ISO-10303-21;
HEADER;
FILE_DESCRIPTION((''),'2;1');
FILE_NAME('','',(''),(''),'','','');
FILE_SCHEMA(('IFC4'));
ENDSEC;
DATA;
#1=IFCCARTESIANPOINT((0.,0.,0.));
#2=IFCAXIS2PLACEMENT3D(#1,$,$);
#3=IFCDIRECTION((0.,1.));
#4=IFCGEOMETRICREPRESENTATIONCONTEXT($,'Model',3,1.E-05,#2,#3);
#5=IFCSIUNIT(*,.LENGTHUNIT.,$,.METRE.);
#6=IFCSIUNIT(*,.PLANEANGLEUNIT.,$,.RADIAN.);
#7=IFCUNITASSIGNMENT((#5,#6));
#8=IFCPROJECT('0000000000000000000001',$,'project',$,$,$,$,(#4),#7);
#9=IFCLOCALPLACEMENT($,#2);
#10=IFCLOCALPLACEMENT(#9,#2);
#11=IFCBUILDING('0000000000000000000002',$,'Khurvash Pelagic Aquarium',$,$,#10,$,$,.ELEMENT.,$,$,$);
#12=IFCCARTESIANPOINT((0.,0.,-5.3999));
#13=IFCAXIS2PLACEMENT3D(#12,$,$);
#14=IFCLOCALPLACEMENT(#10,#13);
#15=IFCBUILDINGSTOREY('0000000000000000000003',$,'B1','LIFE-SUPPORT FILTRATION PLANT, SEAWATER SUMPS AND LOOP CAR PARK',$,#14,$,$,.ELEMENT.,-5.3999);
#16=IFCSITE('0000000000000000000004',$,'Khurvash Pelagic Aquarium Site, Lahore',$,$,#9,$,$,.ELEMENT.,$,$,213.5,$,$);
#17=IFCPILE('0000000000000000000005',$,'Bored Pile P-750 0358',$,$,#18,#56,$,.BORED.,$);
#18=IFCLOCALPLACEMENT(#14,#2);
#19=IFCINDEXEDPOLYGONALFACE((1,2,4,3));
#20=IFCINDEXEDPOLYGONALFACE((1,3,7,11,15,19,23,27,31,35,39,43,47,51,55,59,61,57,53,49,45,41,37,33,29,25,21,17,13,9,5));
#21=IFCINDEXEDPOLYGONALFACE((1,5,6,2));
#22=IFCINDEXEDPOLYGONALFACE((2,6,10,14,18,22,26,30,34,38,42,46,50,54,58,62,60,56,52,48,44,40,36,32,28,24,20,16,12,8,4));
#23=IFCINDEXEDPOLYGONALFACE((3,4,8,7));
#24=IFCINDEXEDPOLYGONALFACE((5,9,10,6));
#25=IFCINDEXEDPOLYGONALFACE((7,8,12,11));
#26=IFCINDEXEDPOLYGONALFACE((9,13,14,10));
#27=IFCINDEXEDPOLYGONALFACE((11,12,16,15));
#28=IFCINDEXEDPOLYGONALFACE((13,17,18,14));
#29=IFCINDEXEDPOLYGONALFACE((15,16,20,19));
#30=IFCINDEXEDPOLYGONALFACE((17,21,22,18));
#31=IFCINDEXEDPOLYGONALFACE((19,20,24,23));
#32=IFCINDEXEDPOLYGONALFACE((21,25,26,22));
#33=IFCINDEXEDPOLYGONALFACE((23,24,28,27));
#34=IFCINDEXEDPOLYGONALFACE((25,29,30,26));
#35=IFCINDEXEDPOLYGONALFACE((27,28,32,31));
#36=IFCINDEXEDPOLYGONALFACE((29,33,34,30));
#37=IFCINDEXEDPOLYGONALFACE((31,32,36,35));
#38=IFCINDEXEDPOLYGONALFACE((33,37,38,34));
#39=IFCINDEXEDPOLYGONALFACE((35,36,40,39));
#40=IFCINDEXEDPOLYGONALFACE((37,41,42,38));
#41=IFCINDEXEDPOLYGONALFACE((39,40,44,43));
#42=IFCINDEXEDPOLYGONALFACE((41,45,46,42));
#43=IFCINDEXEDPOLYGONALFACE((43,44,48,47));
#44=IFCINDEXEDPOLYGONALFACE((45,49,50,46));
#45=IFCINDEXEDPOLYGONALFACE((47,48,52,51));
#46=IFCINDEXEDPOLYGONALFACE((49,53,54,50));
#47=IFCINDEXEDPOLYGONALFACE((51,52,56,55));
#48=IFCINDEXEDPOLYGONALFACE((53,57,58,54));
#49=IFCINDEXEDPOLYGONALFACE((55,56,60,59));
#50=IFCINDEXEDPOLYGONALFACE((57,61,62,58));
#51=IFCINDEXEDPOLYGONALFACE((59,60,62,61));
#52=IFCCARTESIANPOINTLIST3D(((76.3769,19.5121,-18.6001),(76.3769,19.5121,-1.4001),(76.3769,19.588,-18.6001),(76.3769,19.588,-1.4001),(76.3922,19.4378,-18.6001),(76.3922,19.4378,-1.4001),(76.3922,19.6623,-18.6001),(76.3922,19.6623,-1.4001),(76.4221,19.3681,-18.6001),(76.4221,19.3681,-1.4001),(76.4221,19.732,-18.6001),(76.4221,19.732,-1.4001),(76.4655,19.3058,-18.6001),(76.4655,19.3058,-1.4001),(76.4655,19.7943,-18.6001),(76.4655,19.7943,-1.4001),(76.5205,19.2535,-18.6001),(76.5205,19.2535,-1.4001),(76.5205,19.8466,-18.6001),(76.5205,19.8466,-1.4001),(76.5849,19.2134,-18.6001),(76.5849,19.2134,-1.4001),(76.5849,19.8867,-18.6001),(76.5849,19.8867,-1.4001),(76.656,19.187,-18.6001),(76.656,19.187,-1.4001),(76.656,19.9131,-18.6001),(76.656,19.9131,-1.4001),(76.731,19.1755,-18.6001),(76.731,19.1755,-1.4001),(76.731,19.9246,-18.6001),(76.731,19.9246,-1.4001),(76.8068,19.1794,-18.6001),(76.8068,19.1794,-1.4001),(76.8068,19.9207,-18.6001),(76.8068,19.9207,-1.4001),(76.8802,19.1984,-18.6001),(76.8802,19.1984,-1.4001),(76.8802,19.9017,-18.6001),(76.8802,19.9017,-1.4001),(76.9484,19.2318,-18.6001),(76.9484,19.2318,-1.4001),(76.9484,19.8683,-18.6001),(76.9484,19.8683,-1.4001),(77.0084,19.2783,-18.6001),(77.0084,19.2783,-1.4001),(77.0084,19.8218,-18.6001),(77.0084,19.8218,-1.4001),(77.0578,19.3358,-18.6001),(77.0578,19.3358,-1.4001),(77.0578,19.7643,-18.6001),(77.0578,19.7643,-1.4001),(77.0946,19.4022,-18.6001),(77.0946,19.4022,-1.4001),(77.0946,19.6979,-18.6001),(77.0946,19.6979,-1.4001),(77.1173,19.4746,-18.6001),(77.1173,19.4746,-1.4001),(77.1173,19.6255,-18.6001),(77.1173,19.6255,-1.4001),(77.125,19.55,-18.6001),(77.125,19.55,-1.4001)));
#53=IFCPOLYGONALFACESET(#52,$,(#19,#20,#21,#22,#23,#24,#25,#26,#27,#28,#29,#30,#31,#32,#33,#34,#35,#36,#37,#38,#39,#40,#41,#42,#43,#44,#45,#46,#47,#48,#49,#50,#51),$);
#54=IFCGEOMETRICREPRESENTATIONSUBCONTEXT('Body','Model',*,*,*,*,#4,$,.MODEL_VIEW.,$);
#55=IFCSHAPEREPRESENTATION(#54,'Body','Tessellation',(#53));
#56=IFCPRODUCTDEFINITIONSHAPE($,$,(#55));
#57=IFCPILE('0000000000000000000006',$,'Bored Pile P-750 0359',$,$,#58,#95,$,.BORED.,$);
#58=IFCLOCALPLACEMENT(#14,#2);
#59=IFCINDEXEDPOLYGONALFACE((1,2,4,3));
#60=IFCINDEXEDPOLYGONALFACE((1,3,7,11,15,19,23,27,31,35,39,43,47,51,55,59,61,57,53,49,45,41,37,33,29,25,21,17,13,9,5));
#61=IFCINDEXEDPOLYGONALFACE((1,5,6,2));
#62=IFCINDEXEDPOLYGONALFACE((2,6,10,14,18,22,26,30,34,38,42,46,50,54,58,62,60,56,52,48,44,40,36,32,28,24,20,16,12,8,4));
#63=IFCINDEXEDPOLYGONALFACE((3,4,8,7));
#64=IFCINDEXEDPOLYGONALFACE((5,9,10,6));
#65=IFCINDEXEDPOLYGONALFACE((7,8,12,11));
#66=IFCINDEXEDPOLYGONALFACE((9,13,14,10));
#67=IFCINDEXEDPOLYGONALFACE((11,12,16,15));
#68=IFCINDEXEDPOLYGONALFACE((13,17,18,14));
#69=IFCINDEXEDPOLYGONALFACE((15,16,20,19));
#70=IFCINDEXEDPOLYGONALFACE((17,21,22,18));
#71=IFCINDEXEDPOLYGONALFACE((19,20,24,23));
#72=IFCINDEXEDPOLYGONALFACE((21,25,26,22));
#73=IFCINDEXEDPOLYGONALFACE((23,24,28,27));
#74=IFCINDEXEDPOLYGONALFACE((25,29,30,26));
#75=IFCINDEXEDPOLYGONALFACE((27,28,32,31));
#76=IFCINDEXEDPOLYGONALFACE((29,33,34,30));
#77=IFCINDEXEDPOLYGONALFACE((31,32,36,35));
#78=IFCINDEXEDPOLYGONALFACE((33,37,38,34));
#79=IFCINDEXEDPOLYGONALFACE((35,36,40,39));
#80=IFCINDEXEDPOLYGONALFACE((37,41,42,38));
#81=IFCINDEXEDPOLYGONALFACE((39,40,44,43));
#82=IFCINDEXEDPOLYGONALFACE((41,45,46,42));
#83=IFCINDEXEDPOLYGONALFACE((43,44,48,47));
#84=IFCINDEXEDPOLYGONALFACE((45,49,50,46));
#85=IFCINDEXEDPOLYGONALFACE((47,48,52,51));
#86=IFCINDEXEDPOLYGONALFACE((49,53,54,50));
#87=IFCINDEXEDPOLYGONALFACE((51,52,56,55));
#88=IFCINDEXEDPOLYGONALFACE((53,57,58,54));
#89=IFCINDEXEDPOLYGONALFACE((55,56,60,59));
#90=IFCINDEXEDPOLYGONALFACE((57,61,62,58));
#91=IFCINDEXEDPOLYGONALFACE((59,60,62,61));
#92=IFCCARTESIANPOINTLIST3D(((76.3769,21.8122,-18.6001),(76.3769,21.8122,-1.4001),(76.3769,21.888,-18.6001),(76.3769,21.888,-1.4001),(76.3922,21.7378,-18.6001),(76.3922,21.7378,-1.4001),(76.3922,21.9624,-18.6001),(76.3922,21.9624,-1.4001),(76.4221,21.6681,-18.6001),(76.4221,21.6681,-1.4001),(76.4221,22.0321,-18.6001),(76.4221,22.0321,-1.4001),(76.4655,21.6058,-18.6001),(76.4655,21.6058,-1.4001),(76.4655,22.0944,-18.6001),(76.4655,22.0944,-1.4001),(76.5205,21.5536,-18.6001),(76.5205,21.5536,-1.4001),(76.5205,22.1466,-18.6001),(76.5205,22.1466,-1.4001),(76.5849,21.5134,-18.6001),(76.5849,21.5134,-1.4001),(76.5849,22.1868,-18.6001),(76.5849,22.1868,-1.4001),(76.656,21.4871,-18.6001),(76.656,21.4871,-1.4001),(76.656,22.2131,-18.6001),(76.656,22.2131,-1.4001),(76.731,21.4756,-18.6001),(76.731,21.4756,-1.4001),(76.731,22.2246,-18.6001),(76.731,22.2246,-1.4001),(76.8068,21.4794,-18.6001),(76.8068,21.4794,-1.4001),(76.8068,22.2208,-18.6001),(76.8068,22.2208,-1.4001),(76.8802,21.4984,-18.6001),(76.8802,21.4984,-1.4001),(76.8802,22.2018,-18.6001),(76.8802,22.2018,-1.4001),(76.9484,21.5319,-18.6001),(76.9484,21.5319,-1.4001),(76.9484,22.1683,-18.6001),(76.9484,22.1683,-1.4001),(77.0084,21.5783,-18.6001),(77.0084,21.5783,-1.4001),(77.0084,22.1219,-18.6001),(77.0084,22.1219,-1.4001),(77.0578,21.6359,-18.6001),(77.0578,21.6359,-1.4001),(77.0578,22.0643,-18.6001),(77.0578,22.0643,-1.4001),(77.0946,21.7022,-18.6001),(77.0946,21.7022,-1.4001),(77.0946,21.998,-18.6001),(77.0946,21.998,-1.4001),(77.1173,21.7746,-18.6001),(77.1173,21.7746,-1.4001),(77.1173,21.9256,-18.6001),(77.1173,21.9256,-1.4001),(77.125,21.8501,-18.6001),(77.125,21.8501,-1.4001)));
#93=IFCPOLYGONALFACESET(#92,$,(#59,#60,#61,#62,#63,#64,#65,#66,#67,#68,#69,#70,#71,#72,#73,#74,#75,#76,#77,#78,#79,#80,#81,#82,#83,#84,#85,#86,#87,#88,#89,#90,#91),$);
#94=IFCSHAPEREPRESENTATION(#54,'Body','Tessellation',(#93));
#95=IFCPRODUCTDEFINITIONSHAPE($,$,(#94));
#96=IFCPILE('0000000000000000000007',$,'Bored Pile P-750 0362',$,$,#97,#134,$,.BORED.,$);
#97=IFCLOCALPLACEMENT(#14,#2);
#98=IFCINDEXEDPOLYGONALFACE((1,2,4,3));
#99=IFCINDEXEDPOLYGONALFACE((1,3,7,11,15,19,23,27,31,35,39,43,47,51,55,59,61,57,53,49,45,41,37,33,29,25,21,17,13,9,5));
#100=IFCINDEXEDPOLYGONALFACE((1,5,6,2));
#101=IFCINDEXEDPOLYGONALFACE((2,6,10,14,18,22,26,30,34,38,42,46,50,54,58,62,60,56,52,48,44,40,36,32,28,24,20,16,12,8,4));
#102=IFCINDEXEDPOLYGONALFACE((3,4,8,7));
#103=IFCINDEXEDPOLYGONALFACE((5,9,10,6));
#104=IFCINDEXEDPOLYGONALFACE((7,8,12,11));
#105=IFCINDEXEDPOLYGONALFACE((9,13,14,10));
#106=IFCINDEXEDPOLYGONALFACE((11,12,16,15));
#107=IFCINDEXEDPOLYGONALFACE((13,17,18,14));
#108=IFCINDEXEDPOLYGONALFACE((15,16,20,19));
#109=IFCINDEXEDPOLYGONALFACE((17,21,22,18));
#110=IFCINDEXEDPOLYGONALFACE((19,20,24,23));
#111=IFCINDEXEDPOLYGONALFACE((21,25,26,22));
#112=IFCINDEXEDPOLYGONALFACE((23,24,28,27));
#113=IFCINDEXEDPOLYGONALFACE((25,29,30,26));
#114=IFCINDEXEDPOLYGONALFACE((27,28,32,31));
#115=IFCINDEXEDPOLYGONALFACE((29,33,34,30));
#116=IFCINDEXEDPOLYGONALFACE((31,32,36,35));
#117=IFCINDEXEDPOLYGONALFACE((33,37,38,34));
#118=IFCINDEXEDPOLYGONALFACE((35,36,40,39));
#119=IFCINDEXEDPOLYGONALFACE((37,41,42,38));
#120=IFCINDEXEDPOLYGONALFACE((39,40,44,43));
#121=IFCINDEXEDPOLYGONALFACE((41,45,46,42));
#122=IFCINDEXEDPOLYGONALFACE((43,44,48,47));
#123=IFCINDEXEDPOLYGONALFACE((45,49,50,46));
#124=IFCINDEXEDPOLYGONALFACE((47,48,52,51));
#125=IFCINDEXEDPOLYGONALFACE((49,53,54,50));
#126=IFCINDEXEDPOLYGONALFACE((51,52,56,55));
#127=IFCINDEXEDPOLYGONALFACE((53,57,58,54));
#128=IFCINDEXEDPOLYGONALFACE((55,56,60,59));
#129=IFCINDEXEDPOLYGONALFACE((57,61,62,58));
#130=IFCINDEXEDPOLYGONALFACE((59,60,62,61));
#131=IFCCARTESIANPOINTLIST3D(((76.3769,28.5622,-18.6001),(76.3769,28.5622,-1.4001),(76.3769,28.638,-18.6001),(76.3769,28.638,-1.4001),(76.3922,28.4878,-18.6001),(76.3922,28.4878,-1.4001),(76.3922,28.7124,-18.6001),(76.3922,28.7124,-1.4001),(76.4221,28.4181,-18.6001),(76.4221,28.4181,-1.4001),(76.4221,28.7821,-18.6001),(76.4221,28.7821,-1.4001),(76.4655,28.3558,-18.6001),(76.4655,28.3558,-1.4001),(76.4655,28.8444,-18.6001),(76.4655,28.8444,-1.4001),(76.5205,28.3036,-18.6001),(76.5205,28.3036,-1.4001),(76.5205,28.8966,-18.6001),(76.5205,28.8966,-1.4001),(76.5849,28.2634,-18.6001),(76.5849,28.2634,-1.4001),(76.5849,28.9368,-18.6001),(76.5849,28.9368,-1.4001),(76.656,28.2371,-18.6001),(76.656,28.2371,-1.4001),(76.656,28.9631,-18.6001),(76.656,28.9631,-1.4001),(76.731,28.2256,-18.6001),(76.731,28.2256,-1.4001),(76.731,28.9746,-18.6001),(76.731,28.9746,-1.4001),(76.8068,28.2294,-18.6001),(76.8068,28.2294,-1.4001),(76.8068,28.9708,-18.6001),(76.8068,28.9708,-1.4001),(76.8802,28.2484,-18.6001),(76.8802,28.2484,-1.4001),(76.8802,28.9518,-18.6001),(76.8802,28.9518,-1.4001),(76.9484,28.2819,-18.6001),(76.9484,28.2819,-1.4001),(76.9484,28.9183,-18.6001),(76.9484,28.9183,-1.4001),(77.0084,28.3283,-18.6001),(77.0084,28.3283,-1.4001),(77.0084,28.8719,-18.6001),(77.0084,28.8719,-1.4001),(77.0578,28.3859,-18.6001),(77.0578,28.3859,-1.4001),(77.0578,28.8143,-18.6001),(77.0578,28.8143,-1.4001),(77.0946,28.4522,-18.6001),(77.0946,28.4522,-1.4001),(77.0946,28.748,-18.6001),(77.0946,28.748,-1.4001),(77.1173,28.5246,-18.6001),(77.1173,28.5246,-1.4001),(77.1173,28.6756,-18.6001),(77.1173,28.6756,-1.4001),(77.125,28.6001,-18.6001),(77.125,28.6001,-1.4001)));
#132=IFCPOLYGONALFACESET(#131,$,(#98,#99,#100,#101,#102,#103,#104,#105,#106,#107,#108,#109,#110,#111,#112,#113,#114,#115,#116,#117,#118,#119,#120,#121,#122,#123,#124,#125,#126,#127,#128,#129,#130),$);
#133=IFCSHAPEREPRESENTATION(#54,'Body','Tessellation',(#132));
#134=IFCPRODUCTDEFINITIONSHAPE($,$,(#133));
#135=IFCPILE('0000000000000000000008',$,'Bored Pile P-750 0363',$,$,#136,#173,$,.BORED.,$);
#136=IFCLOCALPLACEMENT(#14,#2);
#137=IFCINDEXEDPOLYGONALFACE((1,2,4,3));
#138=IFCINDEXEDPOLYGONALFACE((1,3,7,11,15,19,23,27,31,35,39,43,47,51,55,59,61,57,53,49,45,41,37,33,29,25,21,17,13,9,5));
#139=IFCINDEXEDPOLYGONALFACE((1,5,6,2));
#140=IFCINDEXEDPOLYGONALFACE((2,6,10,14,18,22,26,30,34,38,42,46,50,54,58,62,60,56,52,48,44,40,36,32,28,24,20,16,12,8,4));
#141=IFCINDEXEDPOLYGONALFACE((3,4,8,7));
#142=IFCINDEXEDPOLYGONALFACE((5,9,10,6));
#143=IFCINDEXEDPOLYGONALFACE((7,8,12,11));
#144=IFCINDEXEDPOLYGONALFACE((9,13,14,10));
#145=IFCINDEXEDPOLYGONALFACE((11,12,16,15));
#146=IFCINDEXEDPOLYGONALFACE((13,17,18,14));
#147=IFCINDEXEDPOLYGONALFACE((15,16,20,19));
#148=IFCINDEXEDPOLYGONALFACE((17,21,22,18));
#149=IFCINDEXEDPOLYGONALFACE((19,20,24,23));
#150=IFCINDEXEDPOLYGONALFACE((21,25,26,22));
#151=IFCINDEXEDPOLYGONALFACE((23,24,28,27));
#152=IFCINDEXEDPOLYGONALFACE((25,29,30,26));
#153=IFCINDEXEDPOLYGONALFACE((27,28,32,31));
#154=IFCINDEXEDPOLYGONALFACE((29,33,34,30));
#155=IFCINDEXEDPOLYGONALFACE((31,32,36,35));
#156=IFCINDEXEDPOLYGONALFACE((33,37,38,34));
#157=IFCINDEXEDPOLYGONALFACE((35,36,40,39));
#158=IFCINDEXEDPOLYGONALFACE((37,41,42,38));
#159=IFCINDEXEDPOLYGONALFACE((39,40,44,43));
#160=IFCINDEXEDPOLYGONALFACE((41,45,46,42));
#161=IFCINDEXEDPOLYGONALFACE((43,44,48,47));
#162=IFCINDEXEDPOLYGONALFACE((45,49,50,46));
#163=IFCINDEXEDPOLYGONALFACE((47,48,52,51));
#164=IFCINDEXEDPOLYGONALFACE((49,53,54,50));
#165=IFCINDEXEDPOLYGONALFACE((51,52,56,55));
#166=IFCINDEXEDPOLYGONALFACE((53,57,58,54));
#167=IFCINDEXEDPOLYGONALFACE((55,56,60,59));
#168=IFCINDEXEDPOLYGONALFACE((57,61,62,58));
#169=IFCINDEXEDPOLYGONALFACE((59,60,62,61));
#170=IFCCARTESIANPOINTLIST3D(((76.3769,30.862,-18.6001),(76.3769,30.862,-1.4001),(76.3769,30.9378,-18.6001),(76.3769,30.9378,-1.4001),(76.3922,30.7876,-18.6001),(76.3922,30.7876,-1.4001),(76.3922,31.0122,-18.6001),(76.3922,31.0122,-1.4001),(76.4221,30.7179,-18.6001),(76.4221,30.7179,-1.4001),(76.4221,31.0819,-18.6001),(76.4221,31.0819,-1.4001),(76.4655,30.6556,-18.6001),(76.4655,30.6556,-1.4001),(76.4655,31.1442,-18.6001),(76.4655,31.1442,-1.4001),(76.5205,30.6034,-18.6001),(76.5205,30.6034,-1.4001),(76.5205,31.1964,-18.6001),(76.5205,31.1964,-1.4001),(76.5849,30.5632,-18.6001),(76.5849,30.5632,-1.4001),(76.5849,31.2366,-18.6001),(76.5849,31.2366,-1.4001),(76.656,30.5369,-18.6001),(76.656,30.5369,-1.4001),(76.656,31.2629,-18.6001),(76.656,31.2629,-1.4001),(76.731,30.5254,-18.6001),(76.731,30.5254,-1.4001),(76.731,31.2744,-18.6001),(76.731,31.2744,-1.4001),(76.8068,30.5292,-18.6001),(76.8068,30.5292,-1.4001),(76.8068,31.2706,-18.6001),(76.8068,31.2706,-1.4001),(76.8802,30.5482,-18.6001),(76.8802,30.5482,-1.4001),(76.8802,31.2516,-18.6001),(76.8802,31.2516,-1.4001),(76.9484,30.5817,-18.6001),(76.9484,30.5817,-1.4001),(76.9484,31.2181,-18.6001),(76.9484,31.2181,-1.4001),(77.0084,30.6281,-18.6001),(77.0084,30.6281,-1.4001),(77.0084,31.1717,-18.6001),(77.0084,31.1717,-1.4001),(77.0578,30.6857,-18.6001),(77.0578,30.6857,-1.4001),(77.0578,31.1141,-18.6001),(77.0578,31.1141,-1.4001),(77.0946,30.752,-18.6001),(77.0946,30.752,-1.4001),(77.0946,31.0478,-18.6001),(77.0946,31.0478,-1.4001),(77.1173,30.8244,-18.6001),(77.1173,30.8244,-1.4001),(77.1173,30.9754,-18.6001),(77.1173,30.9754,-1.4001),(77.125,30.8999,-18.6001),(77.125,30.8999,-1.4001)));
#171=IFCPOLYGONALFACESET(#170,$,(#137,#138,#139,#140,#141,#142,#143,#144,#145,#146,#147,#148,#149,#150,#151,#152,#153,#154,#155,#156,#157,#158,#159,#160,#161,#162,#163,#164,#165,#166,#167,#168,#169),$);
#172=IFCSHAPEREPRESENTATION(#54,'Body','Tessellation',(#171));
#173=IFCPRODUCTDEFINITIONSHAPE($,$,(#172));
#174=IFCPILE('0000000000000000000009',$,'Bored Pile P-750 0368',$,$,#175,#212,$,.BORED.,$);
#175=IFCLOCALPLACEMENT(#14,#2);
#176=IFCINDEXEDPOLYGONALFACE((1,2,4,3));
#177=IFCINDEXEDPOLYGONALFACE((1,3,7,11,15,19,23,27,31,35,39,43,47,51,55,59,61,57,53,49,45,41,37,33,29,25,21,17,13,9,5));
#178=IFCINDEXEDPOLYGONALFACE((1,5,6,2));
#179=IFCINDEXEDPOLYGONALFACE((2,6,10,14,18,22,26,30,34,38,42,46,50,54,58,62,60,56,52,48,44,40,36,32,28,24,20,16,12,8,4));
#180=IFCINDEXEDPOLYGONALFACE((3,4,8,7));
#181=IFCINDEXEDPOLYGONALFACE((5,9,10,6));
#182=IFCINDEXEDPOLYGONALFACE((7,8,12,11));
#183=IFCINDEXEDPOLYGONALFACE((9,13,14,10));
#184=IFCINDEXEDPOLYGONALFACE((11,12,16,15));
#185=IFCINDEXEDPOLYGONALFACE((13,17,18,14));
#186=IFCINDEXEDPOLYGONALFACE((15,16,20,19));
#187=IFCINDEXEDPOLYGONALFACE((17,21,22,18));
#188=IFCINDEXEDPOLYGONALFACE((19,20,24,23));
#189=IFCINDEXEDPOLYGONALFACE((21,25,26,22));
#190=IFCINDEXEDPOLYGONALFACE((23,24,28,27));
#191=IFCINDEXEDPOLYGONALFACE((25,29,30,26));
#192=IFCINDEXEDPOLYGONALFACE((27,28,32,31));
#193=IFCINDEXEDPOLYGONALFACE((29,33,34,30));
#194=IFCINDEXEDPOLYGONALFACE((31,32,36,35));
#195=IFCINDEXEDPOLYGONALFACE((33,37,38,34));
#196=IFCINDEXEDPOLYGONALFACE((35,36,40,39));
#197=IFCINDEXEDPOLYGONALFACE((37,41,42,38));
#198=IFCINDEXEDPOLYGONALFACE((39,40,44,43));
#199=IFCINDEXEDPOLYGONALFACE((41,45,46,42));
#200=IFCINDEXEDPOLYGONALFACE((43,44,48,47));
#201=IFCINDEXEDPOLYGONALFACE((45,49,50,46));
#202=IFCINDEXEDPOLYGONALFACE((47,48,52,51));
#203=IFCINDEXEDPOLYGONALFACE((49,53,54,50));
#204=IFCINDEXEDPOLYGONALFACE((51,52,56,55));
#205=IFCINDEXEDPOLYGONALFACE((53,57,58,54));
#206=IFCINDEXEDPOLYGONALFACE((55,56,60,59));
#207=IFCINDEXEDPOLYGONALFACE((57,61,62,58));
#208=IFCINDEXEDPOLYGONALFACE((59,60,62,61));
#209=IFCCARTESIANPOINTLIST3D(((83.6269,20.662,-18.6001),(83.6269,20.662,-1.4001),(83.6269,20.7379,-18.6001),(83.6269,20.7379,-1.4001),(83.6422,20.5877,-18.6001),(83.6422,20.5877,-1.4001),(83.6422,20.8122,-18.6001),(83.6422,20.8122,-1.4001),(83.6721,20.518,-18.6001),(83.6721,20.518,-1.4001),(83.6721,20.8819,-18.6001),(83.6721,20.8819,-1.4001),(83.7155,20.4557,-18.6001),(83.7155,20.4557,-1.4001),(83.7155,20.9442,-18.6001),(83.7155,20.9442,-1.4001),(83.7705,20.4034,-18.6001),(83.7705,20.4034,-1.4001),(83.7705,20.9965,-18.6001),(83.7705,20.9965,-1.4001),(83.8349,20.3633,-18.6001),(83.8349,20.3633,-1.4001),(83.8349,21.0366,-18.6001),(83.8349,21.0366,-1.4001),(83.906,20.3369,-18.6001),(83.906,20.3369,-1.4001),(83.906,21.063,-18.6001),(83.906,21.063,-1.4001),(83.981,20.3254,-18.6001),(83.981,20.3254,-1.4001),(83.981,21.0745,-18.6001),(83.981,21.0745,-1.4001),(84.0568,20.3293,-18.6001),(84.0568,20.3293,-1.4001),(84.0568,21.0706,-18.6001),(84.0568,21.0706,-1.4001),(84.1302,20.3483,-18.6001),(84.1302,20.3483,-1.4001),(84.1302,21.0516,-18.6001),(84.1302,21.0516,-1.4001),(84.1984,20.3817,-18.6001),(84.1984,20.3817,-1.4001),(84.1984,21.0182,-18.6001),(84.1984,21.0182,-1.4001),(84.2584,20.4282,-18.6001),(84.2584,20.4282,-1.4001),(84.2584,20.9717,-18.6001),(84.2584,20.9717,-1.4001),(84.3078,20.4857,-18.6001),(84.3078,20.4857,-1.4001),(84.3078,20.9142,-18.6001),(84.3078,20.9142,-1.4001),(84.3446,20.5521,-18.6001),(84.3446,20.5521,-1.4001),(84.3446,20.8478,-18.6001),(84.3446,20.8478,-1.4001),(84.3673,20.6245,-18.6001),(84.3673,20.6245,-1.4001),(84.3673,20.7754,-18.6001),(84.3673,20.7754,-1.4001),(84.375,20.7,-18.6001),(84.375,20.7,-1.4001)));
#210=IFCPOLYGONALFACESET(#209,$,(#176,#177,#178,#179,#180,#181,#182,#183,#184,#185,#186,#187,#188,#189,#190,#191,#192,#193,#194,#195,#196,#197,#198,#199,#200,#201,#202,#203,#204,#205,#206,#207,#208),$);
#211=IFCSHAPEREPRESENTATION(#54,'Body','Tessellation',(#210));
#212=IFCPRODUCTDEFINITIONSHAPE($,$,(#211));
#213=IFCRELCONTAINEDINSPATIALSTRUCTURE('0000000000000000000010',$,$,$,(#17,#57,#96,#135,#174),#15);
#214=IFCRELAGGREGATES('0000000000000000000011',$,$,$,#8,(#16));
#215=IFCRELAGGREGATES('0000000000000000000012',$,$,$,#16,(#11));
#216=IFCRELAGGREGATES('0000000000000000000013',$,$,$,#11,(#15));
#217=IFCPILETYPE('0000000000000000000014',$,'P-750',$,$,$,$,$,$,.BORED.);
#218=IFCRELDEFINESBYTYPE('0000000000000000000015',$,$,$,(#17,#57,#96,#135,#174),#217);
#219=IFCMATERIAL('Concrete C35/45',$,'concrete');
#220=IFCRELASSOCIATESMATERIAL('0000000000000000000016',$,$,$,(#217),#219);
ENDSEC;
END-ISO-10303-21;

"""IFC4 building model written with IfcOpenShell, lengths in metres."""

from ifc_helpers import new_model, si_unit, direction, frame, origin, origin_2d, place, context, subcontext, project, spatial, circle, extrude, material, material_profile, profile_set, type_object, element, save


model = new_model("IFC4")

# Units and contexts
model_context = context("Model", 3, precision=1e-05, world=origin(), true_north=direction((0.0, 1.0)))
body_context = subcontext(model_context, "Body", "Model", "MODEL_VIEW")
ifc_project = project(units=[si_unit("LENGTHUNIT", "METRE"), si_unit("PLANEANGLEUNIT", "RADIAN")], contexts=[model_context])

# Site, building, storey
site_placement = place(None, origin())
site = spatial("IfcSite", under=ifc_project, at=site_placement, Name="Khurvash Pelagic Aquarium Site, Lahore", CompositionType="ELEMENT", RefElevation=213.5)
building_placement = place(site_placement, origin())
building = spatial("IfcBuilding", under=site, at=building_placement, Name="Khurvash Pelagic Aquarium", CompositionType="ELEMENT")
storey_placement = place(building_placement, frame((0.0, 0.0, -5.3999)))
storey = spatial("IfcBuildingStorey", under=building, at=storey_placement, Name="B1", Description="LIFE-SUPPORT FILTRATION PLANT, SEAWATER SUMPS AND LOOP CAR PARK", CompositionType="ELEMENT", Elevation=-5.3999)

# Shared definitions
ifc_material_1 = material(Name="Concrete C35/45", Category="concrete")

# Piles
ifc_material_profile_1 = material_profile(ifc_material_1, circle(Radius=0.375, at=origin_2d()), Name="PILE750")
ifc_profile_set_1 = profile_set([ifc_material_profile_1], Name="Concrete C35/45")
pile_type = type_object("IfcPileType", Name="P-750", PredefinedType="BORED", material=ifc_profile_set_1)
for number, where, z_axis, x_axis, name in (
    (1, (76.75, 19.55, -1.4001), (0.0, 0.0, -1.0), (1.0, 0.0, 0.0), "Bored Pile P-750 0358"),
    (2, (76.75, 21.8501, -1.4001), (0.0, 0.0, -1.0), (1.0, 0.0, 0.0), "Bored Pile P-750 0359"),
    (3, (76.75, 28.6001, -1.4001), (0.0, 0.0, -1.0), (1.0, 0.0, 0.0), "Bored Pile P-750 0362"),
    (4, (76.75, 30.8999, -1.4001), (0.0, 0.0, -1.0), (1.0, 0.0, 0.0), "Bored Pile P-750 0363"),
    (5, (84.0, 20.7, -1.4001), (0.0, 0.0, -1.0), (1.0, 0.0, 0.0), "Bored Pile P-750 0368"),
):
    element("IfcPile", number, at=place(storey_placement, frame(where, z_axis=z_axis, x_axis=x_axis)), inside=storey, type_object=pile_type, Name=name, PredefinedType="BORED", context=body_context, shape_type="SweptSolid", body=[
        extrude(circle(Radius=0.375, at=origin_2d()), origin(), (0.0, 0.0, 1.0), 17.2),
    ])

save(model, "model.ifc")
